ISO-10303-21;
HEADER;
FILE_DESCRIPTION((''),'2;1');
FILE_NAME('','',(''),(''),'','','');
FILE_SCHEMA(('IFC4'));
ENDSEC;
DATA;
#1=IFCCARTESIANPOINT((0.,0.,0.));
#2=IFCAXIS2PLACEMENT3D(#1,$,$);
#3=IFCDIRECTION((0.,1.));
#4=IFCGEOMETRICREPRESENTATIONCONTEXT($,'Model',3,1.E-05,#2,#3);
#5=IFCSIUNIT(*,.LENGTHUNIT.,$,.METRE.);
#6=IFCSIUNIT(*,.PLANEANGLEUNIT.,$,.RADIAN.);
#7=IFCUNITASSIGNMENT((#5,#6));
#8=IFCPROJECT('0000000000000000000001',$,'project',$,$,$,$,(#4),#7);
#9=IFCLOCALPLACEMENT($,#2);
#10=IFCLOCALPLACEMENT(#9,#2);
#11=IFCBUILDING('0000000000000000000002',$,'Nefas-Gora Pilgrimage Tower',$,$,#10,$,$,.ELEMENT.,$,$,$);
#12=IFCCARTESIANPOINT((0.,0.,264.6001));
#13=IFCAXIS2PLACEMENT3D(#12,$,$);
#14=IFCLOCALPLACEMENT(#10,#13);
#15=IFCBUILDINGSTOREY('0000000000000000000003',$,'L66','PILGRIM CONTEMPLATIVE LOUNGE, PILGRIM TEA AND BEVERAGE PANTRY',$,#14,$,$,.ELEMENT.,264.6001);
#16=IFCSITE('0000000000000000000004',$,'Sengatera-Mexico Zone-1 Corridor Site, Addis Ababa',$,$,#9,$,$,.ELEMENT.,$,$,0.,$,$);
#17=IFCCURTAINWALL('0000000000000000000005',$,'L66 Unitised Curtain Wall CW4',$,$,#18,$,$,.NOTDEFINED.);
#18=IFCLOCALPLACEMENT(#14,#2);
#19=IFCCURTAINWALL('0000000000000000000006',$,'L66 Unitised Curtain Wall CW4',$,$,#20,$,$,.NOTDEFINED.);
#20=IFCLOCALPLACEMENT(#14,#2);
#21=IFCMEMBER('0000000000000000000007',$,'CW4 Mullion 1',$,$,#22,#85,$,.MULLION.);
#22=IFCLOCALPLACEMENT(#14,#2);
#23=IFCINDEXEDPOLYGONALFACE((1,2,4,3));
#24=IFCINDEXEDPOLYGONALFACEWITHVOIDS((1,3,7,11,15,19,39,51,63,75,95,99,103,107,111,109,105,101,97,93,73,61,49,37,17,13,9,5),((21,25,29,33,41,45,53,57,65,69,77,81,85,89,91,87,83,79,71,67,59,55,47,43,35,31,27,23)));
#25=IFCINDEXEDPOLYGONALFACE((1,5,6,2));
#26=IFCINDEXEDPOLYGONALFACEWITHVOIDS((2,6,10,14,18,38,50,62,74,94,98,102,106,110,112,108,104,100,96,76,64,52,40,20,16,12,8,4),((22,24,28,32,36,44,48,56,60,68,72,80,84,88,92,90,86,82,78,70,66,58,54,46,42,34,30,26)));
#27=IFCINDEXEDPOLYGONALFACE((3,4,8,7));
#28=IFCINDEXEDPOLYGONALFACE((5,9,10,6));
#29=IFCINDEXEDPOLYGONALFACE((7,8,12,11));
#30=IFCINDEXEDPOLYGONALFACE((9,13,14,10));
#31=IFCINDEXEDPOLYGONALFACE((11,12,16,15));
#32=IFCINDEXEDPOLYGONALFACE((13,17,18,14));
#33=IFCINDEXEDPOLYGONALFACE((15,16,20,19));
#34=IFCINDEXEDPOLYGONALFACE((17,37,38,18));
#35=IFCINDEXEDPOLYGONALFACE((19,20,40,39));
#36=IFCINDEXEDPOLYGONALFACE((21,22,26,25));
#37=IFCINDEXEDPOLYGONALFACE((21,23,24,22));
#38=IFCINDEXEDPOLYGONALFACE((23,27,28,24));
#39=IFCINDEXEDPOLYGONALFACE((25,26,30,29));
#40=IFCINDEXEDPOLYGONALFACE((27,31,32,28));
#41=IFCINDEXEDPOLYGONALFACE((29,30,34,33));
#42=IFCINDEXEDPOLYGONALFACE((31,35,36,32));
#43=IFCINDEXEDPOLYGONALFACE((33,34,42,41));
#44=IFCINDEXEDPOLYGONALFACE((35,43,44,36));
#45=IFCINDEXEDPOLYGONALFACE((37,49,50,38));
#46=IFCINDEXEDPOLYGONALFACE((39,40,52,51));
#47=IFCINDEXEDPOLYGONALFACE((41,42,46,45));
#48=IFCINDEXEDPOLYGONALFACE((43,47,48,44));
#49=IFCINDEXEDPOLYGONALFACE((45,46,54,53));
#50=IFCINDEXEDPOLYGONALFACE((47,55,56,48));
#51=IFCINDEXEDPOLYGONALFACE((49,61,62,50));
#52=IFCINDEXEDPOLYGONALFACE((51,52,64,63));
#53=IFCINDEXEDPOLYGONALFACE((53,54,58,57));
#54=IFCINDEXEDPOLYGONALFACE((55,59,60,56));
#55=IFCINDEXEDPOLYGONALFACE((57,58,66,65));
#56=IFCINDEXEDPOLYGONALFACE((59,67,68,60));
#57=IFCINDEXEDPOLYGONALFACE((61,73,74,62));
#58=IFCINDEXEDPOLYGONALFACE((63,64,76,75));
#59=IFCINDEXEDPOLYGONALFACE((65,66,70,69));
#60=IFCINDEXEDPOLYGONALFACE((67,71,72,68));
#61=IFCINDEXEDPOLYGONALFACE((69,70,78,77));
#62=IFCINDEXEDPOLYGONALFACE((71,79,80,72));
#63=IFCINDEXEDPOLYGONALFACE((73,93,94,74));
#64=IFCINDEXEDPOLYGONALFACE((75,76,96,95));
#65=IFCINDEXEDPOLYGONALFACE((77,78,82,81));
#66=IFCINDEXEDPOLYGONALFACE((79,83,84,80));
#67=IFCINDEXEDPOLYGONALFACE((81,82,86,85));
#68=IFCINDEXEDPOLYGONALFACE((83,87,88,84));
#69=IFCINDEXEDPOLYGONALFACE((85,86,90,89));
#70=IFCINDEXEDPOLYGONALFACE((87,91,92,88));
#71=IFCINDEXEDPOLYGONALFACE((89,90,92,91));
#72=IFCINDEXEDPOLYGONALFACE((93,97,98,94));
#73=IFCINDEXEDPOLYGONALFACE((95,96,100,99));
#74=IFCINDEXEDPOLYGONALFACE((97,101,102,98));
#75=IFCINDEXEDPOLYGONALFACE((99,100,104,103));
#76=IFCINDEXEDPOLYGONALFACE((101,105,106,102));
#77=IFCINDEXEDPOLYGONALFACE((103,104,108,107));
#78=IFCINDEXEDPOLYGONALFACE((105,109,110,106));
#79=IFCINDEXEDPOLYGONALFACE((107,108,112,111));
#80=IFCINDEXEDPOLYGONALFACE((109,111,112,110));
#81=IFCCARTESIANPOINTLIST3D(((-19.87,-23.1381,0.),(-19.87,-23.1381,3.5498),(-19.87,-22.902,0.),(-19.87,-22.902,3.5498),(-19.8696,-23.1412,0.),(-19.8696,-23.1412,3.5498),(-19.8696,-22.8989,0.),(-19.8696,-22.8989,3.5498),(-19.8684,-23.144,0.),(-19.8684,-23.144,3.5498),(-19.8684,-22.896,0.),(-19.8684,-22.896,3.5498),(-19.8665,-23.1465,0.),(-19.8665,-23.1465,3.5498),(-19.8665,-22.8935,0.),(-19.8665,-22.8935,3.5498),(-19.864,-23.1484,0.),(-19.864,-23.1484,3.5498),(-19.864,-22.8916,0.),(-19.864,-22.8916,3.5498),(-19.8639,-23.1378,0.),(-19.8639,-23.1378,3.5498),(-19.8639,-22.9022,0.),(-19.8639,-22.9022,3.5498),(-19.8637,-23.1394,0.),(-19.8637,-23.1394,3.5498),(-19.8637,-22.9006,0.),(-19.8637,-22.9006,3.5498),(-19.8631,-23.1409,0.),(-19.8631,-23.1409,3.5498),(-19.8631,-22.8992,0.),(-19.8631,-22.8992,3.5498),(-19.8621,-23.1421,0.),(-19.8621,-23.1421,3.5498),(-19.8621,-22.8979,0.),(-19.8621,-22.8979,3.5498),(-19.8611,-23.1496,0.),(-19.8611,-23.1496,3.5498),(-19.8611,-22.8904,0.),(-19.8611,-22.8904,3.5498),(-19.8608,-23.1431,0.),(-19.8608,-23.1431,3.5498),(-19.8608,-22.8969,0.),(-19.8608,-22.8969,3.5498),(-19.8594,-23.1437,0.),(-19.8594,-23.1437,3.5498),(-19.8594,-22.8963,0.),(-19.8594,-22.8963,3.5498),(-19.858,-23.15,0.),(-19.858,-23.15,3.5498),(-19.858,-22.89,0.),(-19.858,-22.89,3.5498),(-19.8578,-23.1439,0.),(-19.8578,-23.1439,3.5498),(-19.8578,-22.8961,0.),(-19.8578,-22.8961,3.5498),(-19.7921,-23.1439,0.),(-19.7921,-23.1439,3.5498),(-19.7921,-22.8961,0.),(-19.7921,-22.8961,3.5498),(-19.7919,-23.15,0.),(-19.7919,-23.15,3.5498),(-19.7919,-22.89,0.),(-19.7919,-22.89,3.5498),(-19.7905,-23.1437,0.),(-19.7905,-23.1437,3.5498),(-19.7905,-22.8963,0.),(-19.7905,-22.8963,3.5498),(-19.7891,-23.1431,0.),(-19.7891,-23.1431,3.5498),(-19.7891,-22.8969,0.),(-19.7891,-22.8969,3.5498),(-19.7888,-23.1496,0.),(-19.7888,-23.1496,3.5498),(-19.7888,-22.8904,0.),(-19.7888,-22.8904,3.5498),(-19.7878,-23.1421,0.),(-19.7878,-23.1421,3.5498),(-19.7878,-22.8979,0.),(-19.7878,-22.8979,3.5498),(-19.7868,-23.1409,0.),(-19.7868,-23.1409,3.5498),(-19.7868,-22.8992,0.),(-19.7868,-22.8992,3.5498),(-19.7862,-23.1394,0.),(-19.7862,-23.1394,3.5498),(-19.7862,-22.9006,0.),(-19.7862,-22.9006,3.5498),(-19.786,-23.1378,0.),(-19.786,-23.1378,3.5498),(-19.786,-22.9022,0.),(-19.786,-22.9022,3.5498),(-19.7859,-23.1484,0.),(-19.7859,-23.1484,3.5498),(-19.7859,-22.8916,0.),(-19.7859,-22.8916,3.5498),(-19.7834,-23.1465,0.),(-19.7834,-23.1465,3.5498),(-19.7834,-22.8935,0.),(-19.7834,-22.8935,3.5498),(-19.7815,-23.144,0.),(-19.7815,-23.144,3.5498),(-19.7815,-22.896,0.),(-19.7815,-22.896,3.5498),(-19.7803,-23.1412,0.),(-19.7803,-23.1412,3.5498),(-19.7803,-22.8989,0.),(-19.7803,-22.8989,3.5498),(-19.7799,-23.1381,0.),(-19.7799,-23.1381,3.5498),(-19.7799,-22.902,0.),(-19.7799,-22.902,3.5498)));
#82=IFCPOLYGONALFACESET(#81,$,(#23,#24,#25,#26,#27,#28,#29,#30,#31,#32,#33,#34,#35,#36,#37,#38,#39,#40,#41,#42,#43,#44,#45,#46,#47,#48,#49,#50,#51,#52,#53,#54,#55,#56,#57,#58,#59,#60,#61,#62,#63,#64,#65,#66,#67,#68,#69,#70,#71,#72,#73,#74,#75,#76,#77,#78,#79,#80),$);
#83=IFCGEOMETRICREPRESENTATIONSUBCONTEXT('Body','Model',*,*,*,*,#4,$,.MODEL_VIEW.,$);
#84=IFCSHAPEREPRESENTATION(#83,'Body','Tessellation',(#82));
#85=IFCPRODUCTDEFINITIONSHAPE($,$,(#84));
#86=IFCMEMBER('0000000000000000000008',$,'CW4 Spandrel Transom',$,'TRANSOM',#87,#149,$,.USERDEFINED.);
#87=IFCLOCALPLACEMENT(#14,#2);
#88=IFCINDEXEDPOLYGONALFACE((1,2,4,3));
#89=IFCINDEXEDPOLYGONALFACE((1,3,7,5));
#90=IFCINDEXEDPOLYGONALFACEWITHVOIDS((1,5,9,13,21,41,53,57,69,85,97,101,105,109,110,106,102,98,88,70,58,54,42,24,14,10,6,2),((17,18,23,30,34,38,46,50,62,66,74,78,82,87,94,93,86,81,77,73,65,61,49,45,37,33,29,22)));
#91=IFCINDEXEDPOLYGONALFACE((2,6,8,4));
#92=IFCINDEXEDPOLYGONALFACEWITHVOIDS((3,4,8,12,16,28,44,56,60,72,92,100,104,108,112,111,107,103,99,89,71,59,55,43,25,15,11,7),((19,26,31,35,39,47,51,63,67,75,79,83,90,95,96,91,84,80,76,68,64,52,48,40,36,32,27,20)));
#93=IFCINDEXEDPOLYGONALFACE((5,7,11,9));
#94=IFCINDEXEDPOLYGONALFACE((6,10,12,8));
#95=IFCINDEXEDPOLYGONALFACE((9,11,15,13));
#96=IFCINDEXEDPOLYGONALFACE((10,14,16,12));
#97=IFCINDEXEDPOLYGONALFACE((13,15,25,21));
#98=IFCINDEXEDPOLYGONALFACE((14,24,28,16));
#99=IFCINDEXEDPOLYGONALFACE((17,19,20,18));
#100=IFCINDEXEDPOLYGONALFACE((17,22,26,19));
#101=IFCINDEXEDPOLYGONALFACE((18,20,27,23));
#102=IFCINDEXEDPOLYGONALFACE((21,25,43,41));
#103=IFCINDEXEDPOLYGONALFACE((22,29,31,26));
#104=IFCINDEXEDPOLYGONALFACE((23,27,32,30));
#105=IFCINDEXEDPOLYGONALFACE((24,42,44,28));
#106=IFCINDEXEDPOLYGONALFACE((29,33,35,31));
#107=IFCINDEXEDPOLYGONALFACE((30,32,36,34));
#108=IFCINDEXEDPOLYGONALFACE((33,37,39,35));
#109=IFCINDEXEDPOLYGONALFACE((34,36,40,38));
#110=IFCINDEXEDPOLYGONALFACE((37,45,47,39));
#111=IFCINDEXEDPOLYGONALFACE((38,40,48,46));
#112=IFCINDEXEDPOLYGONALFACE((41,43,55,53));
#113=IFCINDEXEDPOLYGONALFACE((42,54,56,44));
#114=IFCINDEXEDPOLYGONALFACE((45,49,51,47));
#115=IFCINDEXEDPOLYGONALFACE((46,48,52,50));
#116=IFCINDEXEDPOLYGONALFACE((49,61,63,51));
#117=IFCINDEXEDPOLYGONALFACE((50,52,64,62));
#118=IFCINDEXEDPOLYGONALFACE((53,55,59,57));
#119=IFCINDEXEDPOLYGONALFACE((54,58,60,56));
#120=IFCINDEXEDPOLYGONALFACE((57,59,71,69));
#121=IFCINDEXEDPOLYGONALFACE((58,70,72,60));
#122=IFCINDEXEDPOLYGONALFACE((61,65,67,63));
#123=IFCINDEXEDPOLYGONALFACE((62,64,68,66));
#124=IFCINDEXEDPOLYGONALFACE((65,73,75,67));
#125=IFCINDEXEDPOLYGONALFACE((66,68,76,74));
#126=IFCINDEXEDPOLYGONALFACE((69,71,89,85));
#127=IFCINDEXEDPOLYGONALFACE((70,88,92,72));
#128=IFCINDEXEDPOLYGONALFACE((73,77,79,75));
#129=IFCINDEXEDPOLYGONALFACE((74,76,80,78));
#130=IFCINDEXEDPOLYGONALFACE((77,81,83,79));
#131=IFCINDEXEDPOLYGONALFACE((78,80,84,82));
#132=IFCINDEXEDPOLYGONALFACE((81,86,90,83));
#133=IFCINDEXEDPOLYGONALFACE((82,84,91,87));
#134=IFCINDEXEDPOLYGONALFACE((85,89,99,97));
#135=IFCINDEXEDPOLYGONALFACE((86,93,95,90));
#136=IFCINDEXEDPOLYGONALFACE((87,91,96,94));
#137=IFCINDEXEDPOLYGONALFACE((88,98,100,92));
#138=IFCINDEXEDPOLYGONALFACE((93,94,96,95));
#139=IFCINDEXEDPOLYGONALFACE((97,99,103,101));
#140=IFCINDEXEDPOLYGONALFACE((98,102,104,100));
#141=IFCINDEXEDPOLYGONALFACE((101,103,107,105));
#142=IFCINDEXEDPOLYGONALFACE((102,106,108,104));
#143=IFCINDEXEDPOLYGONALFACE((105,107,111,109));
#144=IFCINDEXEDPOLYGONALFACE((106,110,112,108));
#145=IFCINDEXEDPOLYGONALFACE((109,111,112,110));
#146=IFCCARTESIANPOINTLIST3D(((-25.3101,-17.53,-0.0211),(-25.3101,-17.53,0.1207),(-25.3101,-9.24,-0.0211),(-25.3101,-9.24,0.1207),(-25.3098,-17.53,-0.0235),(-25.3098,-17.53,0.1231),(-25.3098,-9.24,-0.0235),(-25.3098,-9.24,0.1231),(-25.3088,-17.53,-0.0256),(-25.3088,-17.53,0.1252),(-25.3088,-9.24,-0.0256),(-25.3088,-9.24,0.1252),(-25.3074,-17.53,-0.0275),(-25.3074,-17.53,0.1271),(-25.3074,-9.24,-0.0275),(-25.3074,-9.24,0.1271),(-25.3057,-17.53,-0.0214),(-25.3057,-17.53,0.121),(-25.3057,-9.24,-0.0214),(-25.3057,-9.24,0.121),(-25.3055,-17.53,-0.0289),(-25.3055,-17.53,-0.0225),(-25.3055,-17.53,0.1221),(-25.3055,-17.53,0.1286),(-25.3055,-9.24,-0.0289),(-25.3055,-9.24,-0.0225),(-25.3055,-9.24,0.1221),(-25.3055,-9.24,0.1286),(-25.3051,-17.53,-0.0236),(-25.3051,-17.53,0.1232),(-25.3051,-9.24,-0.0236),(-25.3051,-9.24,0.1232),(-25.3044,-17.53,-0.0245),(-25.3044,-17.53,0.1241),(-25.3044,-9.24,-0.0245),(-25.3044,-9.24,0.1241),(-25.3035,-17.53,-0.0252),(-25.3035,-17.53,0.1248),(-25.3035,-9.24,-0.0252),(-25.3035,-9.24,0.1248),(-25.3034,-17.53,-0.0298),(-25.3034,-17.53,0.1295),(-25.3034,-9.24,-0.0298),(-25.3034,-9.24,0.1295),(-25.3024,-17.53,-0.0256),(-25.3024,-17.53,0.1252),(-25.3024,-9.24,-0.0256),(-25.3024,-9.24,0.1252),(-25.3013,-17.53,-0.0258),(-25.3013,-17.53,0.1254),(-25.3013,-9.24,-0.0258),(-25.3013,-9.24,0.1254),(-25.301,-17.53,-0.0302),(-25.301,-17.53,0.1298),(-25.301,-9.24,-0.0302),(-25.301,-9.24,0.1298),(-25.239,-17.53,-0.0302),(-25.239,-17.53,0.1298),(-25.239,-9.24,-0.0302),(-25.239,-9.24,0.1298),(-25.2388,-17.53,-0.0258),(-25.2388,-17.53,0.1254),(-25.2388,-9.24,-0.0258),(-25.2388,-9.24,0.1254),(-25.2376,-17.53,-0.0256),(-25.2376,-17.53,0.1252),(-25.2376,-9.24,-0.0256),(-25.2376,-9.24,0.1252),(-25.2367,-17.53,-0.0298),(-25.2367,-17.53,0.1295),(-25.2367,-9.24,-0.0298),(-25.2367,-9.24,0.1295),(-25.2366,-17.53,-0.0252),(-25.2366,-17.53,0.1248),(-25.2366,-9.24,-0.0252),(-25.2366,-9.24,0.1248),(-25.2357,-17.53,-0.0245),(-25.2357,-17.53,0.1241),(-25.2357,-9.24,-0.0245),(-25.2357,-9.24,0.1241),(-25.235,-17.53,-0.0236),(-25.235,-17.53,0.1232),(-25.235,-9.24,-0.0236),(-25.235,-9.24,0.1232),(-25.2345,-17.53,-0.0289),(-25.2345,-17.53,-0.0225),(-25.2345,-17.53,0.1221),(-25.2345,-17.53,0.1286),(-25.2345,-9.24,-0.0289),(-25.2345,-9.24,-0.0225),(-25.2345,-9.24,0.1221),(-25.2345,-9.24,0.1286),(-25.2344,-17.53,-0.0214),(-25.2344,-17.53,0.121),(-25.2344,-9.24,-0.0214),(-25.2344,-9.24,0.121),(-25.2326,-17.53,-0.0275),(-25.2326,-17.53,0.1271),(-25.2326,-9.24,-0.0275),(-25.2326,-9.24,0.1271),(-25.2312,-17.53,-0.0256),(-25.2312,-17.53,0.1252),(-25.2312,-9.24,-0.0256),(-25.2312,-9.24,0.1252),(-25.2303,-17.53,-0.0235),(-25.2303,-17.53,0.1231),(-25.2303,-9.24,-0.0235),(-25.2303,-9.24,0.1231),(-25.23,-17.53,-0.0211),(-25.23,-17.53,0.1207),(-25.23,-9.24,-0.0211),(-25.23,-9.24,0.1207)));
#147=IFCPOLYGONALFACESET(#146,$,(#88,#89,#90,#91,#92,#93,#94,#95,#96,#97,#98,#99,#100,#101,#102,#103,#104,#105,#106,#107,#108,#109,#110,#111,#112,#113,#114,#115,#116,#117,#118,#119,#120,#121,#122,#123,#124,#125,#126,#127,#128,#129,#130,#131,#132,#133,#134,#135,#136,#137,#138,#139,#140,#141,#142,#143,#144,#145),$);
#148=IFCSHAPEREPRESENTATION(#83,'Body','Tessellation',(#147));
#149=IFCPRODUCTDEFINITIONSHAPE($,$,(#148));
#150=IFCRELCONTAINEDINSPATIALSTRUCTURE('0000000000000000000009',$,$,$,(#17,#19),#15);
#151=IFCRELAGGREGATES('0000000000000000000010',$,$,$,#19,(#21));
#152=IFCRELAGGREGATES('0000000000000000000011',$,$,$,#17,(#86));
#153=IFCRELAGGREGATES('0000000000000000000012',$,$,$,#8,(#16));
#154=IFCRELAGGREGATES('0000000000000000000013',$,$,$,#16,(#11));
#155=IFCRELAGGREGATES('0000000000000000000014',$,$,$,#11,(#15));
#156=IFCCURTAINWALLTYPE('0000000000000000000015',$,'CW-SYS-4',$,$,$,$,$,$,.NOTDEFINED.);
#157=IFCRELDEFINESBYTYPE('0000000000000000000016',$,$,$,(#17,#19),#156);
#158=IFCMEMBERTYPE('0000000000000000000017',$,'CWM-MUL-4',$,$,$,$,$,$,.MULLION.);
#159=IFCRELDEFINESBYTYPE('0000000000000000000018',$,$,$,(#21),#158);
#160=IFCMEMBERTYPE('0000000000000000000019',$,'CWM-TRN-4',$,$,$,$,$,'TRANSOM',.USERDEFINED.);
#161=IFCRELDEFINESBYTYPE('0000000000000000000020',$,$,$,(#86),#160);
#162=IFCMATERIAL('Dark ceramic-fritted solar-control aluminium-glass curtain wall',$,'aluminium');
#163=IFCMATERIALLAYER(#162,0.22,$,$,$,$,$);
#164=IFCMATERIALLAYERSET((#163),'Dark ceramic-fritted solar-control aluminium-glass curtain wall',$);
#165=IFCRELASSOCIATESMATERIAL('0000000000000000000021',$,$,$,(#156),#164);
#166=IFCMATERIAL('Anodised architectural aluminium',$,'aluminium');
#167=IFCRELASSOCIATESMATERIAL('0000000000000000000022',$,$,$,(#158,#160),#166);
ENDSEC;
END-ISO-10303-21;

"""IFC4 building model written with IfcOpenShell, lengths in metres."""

from ifc_helpers import new_model, si_unit, direction, frame, origin, origin_2d, place, context, subcontext, project, spatial, hollow_rectangle, extrude, source, transform, mapped, material, layer, layer_set, material_profile, profile_set, type_object, element, aggregate, save


model = new_model("IFC4")

# Units and contexts
model_context = context("Model", 3, precision=1e-05, world=origin(), true_north=direction((0.0, 1.0)))
body_context = subcontext(model_context, "Body", "Model", "MODEL_VIEW")
ifc_project = project(units=[si_unit("LENGTHUNIT", "METRE"), si_unit("PLANEANGLEUNIT", "RADIAN")], contexts=[model_context])

# Site, building, storey
site_placement = place(None, origin())
site = spatial("IfcSite", under=ifc_project, at=site_placement, Name="Sengatera-Mexico Zone-1 Corridor Site, Addis Ababa", CompositionType="ELEMENT", RefElevation=0.0)
building_placement = place(site_placement, origin())
building = spatial("IfcBuilding", under=site, at=building_placement, Name="Nefas-Gora Pilgrimage Tower", CompositionType="ELEMENT")
storey_placement = place(building_placement, frame((0.0, 0.0, 264.6001)))
storey = spatial("IfcBuildingStorey", under=building, at=storey_placement, Name="L66", Description="PILGRIM CONTEMPLATIVE LOUNGE, PILGRIM TEA AND BEVERAGE PANTRY", CompositionType="ELEMENT", Elevation=264.6001)

# Curtain wall
ifc_material_1 = material(Name="Dark ceramic-fritted solar-control aluminium-glass curtain wall", Category="aluminium")
ifc_layer_1 = layer(ifc_material_1, 0.22)
ifc_layer_set_1 = layer_set([ifc_layer_1], Name="Dark ceramic-fritted solar-control aluminium-glass curtain wall")
curtain_wall_type = type_object("IfcCurtainWallType", Name="CW-SYS-4", PredefinedType="NOTDEFINED", material=ifc_layer_set_1)
curtain_wall_1_placement = place(storey_placement, origin())
curtain_wall_1 = element("IfcCurtainWall", 1, at=curtain_wall_1_placement, inside=storey, type_object=curtain_wall_type, Name="L66 Unitised Curtain Wall CW4", PredefinedType="NOTDEFINED")
ifc_material_2 = material(Name="Anodised architectural aluminium", Category="aluminium")
ifc_material_profile_1 = material_profile(ifc_material_2, hollow_rectangle(XDim=0.0901, YDim=0.26, WallThickness=0.0061, InnerFilletRadius=0.0061, OuterFilletRadius=0.012, at=origin_2d()), Name="ALU MULLION 90x260")
ifc_profile_set_1 = profile_set([ifc_material_profile_1], Name="Anodised architectural aluminium")
member_type_1 = type_object("IfcMemberType", Name="CWM-MUL-4", PredefinedType="MULLION", material=ifc_profile_set_1)
shared_shape_1 = source(origin(), body_context, "Body", "SweptSolid", [
    extrude(hollow_rectangle(XDim=0.0901, YDim=0.26, WallThickness=0.0061, InnerFilletRadius=0.0061, OuterFilletRadius=0.012, at=origin_2d()), origin(), (0.0, 0.0, 1.0), 3.5498),
])

# Curtain wall, member
curtain_wall_2_placement = place(storey_placement, origin())
curtain_wall_2 = element("IfcCurtainWall", 2, at=curtain_wall_2_placement, inside=storey, type_object=curtain_wall_type, Name="L66 Unitised Curtain Wall CW4", PredefinedType="NOTDEFINED")
member_1_placement = place(storey_placement, frame((-19.825, -23.02, 0.0), z_axis=(0.0, 0.0, 1.0), x_axis=(1.0, 0.0, 0.0)))
member_1 = element("IfcMember", 3, at=member_1_placement, type_object=member_type_1, Name="CW4 Mullion 1", PredefinedType="MULLION", context=body_context, shape_type="MappedRepresentation", body=[
    mapped(shared_shape_1, transform((0.0, 0.0, 0.0), x_axis=(1.0, 0.0, 0.0), y_axis=(0.0, 1.0, 0.0), z_axis=(0.0, 0.0, 1.0), scale=1.0)),
])

# Member
ifc_material_profile_2 = material_profile(ifc_material_2, hollow_rectangle(XDim=0.0801, YDim=0.1599, WallThickness=0.0044, InnerFilletRadius=0.0044, OuterFilletRadius=0.009, at=origin_2d()), Name="ALU TRANSOM 80x160")
ifc_profile_set_2 = profile_set([ifc_material_profile_2], Name="Anodised architectural aluminium")
member_type_2 = type_object("IfcMemberType", Name="CWM-TRN-4", ElementType="TRANSOM", PredefinedType="USERDEFINED", material=ifc_profile_set_2)
shared_shape_2 = source(origin(), body_context, "Body", "SweptSolid", [
    extrude(hollow_rectangle(XDim=0.0801, YDim=0.1599, WallThickness=0.0044, InnerFilletRadius=0.0044, OuterFilletRadius=0.009, at=origin_2d()), origin(), (0.0, 0.0, 1.0), 8.29),
])
member_2_placement = place(storey_placement, frame((-25.27, -9.24, 0.0498), z_axis=(0.0, -1.0, 0.0), x_axis=(1.0, 0.0, 0.0)))
member_2 = element("IfcMember", 4, at=member_2_placement, type_object=member_type_2, Name="CW4 Spandrel Transom", ObjectType="TRANSOM", PredefinedType="USERDEFINED", context=body_context, shape_type="MappedRepresentation", body=[
    mapped(shared_shape_2, transform((0.0, 0.0, 0.0), x_axis=(1.0, 0.0, 0.0), y_axis=(0.0, 1.0, 0.0), z_axis=(0.0, 0.0, 1.0), scale=1.0)),
])
aggregate(curtain_wall_2, [member_1])

aggregate(curtain_wall_1, [member_2])

save(model, "model.ifc")
